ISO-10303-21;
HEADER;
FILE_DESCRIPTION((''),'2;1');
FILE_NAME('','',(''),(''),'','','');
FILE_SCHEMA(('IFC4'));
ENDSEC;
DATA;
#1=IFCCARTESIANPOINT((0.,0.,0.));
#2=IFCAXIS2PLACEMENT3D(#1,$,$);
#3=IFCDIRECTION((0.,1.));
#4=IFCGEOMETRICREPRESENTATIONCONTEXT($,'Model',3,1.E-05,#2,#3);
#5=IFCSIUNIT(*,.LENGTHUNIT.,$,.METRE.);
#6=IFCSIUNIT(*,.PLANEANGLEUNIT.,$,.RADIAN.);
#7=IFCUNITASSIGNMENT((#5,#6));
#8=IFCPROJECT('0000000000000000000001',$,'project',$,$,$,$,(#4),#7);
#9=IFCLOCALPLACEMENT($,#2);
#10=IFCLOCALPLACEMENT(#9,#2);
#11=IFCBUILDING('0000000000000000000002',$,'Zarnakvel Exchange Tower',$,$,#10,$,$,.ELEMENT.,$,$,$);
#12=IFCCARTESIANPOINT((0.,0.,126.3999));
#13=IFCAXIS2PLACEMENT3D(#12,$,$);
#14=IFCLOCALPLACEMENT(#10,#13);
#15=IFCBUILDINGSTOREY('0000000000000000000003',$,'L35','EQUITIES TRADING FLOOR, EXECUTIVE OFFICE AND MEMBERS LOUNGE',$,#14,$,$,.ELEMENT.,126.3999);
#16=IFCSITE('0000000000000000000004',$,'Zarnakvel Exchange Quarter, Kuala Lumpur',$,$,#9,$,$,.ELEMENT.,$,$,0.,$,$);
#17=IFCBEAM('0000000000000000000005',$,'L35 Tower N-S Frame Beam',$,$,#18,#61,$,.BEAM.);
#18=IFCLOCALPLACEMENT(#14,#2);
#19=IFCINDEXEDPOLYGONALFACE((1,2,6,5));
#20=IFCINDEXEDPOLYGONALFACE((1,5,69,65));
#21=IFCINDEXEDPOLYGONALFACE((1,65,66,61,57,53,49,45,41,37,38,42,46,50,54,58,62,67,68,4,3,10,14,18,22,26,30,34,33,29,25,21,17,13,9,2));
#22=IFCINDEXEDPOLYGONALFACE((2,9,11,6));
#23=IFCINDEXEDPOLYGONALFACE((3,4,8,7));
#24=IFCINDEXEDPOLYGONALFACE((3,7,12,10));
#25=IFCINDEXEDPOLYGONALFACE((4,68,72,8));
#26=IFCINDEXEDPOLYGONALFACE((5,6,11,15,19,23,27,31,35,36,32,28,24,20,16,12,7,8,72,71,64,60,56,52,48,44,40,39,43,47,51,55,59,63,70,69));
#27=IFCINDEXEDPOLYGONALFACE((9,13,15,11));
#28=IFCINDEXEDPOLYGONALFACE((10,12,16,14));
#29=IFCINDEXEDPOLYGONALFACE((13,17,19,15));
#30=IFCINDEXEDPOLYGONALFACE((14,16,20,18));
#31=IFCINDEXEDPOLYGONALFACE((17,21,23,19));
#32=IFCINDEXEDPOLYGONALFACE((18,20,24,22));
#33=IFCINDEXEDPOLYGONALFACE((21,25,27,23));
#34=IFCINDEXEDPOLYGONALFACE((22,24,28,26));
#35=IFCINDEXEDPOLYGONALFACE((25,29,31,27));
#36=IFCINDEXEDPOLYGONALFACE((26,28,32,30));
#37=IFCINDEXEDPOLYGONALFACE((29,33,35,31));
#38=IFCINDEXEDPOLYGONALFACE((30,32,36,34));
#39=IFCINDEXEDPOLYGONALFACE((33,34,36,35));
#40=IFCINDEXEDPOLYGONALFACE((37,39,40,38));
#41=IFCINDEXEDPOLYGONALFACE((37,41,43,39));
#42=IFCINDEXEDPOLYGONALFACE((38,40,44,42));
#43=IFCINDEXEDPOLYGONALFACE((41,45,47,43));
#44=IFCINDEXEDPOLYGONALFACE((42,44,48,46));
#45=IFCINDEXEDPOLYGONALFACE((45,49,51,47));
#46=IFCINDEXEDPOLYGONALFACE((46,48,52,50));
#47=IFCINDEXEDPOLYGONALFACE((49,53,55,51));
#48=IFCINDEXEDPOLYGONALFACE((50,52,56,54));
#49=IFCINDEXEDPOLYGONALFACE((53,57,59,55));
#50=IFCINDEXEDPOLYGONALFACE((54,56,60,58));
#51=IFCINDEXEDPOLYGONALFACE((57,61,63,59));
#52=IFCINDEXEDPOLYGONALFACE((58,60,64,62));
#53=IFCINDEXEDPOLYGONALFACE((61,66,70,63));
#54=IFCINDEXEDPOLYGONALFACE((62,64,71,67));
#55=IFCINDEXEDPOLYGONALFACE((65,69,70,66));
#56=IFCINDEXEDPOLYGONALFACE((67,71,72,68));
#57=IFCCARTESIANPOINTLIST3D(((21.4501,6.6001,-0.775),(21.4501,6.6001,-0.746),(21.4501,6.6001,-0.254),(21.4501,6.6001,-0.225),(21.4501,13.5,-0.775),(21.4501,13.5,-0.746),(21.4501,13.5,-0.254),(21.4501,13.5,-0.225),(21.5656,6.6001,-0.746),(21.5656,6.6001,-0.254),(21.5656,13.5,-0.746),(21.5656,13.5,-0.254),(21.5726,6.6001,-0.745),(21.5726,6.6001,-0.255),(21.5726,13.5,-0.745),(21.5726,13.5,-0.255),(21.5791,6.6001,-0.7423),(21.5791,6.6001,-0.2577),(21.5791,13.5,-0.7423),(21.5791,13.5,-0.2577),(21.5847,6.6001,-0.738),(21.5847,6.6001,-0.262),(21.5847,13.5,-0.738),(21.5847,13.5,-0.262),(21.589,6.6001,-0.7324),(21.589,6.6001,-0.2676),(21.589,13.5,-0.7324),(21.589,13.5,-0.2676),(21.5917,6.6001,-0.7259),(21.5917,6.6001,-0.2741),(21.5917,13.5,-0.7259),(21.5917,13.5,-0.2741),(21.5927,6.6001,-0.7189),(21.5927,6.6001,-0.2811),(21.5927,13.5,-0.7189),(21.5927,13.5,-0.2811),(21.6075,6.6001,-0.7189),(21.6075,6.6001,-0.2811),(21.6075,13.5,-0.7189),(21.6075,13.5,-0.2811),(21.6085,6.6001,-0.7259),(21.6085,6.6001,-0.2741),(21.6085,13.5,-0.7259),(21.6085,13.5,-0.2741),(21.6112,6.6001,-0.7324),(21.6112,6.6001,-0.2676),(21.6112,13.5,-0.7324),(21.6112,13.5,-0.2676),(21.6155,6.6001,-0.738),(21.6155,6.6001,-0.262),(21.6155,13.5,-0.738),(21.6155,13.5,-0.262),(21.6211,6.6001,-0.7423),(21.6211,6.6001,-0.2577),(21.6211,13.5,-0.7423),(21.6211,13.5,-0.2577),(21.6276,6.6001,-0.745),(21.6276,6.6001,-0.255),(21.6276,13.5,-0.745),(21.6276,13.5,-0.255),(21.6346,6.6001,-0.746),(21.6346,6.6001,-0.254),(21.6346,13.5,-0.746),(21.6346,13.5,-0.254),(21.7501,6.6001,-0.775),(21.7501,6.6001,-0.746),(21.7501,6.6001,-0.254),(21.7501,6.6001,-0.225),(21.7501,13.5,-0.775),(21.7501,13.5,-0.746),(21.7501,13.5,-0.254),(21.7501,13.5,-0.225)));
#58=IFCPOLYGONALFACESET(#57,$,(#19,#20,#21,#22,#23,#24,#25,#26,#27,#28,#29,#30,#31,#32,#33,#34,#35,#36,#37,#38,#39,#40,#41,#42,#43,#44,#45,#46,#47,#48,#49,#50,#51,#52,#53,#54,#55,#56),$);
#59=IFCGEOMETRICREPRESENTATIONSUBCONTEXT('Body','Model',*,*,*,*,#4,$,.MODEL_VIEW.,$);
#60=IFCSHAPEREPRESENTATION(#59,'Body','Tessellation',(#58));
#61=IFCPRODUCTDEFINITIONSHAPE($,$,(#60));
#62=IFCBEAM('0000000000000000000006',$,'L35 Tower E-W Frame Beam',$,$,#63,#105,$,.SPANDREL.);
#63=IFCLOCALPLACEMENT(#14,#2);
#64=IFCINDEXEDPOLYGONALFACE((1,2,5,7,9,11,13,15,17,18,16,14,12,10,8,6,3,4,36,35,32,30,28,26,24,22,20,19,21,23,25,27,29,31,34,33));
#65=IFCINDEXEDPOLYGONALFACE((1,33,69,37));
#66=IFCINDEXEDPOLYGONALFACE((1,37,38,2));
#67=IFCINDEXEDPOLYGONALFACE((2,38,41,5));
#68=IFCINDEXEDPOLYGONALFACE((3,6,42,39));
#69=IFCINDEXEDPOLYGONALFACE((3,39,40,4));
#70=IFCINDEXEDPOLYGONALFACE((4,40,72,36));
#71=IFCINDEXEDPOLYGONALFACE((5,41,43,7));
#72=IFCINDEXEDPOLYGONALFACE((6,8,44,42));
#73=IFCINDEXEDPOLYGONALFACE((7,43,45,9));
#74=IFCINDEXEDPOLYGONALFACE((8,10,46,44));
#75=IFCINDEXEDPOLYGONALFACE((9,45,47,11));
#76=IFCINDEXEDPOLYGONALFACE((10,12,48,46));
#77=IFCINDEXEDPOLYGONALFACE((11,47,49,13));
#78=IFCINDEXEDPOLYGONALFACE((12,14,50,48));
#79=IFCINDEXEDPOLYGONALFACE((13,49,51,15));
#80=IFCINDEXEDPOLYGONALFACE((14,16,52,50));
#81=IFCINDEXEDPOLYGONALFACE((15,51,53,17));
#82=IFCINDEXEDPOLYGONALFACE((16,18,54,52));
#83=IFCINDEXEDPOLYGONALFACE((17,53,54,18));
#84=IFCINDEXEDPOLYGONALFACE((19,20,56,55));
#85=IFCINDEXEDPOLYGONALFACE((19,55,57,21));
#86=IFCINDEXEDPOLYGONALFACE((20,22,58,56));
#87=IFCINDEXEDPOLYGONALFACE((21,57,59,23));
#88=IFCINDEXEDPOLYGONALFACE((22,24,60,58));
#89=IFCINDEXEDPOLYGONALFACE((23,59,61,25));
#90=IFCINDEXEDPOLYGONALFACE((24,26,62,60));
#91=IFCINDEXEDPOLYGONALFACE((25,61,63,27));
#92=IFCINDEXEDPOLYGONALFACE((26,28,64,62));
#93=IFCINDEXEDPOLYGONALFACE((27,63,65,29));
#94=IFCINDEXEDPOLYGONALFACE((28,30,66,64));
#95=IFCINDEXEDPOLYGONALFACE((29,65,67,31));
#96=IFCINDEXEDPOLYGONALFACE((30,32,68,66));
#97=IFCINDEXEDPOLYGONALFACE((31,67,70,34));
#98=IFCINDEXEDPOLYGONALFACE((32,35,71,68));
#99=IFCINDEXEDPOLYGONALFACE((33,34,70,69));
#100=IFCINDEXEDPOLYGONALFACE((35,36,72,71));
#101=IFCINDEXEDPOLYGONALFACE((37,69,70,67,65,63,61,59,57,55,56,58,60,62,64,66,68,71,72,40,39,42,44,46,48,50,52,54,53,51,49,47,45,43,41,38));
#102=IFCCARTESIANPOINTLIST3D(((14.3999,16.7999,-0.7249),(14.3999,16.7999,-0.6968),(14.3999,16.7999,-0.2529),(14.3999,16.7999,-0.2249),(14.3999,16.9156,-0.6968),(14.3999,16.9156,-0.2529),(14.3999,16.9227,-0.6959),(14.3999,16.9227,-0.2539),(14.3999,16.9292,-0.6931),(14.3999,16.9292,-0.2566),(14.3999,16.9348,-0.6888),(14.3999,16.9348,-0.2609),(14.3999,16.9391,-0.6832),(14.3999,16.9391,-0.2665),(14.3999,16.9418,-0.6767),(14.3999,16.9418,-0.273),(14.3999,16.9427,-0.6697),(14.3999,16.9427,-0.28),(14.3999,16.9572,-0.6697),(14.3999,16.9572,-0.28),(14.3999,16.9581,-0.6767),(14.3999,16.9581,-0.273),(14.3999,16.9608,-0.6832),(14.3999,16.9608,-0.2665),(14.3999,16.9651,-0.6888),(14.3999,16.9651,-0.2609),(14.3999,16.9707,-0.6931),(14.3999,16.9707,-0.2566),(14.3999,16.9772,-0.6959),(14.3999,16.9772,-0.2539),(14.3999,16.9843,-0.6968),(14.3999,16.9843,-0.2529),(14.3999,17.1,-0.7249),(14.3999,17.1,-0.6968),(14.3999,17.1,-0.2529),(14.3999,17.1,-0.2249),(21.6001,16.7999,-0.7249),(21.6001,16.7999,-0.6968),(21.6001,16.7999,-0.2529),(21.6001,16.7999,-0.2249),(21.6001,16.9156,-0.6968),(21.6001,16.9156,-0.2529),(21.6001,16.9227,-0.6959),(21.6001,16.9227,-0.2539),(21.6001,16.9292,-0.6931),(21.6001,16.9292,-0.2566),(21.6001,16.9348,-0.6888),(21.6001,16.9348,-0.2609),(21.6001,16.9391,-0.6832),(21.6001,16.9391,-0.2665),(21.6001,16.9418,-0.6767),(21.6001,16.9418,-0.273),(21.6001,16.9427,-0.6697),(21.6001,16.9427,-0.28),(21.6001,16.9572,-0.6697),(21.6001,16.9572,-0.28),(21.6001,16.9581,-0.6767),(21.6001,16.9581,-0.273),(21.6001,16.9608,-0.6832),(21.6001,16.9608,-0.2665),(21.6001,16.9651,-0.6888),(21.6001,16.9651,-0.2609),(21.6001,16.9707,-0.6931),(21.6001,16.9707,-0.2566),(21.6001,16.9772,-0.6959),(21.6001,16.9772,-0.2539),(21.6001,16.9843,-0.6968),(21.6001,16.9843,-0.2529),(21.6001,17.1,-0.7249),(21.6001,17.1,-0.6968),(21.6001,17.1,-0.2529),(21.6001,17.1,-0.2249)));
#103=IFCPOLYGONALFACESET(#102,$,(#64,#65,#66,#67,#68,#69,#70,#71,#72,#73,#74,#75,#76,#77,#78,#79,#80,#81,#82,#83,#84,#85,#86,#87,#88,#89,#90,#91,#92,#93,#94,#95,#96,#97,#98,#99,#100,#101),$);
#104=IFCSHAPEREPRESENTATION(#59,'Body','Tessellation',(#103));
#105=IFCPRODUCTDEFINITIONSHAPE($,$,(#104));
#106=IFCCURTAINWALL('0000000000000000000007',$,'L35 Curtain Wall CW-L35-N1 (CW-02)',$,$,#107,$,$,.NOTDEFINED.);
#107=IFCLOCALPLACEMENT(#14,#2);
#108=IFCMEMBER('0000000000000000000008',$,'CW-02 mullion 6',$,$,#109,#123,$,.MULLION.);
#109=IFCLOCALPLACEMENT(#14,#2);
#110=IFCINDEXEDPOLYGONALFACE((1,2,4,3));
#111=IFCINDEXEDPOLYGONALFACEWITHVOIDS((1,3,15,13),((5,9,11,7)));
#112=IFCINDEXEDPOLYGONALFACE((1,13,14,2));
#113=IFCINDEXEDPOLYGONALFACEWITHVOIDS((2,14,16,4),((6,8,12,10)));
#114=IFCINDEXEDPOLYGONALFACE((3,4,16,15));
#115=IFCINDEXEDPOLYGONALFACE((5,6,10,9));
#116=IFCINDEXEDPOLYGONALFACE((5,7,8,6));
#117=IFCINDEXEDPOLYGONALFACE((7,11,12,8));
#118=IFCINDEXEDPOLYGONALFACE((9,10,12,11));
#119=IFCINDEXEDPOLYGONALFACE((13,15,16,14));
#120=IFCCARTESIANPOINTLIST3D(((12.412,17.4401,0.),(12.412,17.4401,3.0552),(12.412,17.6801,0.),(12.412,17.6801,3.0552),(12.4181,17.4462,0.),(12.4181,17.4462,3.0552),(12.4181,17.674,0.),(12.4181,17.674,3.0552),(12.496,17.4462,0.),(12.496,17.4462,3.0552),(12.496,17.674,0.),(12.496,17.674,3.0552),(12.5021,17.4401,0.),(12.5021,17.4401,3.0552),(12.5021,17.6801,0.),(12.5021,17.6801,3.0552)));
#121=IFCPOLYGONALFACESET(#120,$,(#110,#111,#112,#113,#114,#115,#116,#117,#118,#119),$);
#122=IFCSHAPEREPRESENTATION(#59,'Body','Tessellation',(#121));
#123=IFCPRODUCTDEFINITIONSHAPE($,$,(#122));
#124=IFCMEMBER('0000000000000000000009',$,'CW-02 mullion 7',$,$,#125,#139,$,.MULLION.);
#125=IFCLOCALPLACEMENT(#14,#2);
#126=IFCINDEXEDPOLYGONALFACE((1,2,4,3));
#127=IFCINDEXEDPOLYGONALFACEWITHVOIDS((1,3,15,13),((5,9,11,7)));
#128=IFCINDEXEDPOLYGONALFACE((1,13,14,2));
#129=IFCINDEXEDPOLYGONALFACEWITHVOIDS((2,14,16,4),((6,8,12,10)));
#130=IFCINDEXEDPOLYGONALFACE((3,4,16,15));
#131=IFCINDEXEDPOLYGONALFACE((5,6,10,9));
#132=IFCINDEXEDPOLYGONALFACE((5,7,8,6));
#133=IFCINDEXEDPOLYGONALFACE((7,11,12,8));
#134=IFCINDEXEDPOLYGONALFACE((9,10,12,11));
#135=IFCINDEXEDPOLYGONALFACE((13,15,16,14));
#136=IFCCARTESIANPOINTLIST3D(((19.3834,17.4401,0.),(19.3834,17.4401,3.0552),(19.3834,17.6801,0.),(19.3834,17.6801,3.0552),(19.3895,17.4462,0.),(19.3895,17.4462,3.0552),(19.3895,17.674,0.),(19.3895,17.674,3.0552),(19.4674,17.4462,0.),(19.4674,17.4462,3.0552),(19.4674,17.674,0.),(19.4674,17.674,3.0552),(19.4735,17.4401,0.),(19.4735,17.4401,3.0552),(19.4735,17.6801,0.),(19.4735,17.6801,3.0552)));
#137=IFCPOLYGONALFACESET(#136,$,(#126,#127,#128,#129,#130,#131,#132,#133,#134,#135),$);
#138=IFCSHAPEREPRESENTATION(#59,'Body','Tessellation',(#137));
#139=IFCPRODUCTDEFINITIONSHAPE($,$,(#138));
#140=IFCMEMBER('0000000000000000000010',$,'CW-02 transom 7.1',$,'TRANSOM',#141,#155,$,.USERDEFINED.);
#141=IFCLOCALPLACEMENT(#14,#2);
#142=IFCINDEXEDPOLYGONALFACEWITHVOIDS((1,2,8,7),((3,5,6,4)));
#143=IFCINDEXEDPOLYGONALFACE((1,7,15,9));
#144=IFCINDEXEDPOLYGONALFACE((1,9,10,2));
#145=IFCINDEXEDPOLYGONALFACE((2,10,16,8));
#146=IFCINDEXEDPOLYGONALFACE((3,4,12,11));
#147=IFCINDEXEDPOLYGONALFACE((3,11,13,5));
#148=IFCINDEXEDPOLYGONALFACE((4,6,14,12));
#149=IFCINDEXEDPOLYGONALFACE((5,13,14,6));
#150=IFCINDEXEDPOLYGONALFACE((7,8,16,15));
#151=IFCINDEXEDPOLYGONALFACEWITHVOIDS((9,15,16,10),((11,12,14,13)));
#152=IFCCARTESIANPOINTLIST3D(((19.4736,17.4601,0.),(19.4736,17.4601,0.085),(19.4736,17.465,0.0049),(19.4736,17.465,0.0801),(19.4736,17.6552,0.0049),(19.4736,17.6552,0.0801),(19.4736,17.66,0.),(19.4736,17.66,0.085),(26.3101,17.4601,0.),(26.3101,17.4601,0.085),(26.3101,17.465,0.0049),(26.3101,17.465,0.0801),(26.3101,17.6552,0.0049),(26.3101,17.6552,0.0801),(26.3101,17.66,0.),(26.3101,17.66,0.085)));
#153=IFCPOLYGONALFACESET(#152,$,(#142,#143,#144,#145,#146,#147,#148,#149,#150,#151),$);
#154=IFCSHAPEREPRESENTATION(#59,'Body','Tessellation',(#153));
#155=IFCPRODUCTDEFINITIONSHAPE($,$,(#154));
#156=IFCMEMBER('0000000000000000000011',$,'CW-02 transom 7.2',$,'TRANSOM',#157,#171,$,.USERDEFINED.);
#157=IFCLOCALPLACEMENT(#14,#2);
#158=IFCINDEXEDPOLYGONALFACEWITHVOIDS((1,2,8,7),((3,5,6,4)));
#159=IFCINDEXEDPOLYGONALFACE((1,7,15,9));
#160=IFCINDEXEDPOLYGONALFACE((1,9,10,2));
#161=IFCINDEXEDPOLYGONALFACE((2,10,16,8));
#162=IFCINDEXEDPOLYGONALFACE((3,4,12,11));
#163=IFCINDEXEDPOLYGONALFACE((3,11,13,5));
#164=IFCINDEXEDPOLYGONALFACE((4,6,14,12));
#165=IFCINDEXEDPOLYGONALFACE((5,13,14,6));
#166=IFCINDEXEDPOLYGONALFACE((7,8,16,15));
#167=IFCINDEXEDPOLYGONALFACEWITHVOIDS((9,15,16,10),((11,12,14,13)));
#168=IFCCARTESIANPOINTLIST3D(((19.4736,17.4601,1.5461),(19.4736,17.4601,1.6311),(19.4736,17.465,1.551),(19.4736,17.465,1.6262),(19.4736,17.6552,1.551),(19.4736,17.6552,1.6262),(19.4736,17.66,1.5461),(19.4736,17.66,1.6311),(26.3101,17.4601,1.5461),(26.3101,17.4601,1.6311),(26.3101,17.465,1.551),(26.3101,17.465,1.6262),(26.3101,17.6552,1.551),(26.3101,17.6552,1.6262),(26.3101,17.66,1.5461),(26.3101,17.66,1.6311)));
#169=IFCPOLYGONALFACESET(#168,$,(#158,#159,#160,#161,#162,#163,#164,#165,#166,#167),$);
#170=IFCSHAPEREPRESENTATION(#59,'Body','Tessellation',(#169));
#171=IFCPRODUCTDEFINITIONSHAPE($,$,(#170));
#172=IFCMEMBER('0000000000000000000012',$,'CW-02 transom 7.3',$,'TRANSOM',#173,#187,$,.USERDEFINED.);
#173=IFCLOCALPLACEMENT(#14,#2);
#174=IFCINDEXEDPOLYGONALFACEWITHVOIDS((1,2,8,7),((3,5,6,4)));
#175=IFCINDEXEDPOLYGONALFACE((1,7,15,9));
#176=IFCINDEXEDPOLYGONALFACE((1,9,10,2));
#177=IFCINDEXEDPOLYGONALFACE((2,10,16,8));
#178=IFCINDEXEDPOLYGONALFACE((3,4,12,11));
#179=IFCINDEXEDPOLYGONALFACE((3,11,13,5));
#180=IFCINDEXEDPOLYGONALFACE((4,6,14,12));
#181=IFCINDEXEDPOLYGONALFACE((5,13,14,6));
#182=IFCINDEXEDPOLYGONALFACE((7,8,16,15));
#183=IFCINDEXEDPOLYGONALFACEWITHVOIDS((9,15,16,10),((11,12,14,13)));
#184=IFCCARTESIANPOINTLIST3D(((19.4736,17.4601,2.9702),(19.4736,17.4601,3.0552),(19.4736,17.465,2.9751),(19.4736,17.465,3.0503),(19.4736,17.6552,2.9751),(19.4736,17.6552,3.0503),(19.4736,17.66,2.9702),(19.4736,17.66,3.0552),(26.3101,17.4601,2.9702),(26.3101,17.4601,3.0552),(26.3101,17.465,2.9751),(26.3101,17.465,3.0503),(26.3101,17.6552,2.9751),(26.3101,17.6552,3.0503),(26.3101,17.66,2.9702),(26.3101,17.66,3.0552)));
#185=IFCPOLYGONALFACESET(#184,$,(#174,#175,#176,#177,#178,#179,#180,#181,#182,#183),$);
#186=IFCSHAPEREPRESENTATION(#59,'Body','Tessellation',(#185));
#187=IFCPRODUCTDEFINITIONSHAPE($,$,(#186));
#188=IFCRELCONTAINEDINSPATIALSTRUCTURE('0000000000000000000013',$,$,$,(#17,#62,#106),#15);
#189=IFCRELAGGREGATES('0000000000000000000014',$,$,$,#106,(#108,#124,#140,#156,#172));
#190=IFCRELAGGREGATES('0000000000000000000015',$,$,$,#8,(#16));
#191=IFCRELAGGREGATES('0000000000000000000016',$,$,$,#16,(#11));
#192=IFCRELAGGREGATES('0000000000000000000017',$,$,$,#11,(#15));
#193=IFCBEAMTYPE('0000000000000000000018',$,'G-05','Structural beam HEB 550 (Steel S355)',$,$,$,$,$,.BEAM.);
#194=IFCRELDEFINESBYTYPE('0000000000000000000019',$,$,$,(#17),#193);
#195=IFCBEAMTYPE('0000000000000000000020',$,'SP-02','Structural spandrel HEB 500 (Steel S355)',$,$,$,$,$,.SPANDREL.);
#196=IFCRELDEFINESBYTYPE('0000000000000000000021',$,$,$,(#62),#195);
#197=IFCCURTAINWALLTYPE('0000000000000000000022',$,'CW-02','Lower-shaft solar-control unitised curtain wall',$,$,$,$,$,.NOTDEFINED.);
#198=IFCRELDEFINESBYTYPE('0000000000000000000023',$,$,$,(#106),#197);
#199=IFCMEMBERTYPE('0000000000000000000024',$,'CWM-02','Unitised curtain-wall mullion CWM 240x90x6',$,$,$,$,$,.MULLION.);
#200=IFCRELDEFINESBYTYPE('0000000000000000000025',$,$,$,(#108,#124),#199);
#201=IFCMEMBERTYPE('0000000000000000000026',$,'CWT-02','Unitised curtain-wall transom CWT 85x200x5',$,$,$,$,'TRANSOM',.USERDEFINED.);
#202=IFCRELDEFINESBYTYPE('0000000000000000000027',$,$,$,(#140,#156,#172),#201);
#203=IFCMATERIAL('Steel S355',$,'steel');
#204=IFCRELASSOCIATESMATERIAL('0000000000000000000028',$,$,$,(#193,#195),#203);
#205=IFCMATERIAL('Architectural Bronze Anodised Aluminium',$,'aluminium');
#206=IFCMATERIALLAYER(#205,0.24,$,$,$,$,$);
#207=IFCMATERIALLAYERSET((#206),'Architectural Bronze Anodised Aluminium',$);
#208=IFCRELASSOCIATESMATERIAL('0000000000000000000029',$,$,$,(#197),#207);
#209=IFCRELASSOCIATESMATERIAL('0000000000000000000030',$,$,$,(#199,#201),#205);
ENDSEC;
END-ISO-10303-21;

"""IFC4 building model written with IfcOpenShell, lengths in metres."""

from ifc_helpers import new_model, si_unit, direction, frame, origin, origin_2d, place, context, subcontext, project, spatial, hollow_rectangle, i_section, extrude, source, transform, mapped, material, layer, layer_set, material_profile, profile_set, type_object, element, aggregate, save


model = new_model("IFC4")

# Units and contexts
model_context = context("Model", 3, precision=1e-05, world=origin(), true_north=direction((0.0, 1.0)))
body_context = subcontext(model_context, "Body", "Model", "MODEL_VIEW")
ifc_project = project(units=[si_unit("LENGTHUNIT", "METRE"), si_unit("PLANEANGLEUNIT", "RADIAN")], contexts=[model_context])

# Site, building, storey
site_placement = place(None, origin())
site = spatial("IfcSite", under=ifc_project, at=site_placement, Name="Zarnakvel Exchange Quarter, Kuala Lumpur", CompositionType="ELEMENT", RefElevation=0.0)
building_placement = place(site_placement, origin())
building = spatial("IfcBuilding", under=site, at=building_placement, Name="Zarnakvel Exchange Tower", CompositionType="ELEMENT")
storey_placement = place(building_placement, frame((0.0, 0.0, 126.3999)))
storey = spatial("IfcBuildingStorey", under=building, at=storey_placement, Name="L35", Description="EQUITIES TRADING FLOOR, EXECUTIVE OFFICE AND MEMBERS LOUNGE", CompositionType="ELEMENT", Elevation=126.3999)

# Beams
ifc_material_1 = material(Name="Steel S355", Category="steel")
ifc_material_profile_1 = material_profile(ifc_material_1, i_section(OverallWidth=0.3, OverallDepth=0.55, WebThickness=0.0149, FlangeThickness=0.0291, FilletRadius=0.0271, at=origin_2d()))
ifc_profile_set_1 = profile_set([ifc_material_profile_1], Name="Steel S355")
beam_type_1 = type_object("IfcBeamType", Name="G-05", Description="Structural beam HEB 550 (Steel S355)", PredefinedType="BEAM", material=ifc_profile_set_1)
beam_1_placement = place(storey_placement, frame((21.6001, 6.6001, -0.5), z_axis=(0.0, 1.0, 0.0), x_axis=(-1.0, 0.0, 0.0)))
element("IfcBeam", 1, at=beam_1_placement, inside=storey, type_object=beam_type_1, Name="L35 Tower N-S Frame Beam", PredefinedType="BEAM", context=body_context, shape_type="SweptSolid", body=[
    extrude(i_section(OverallWidth=0.3, OverallDepth=0.55, WebThickness=0.0149, FlangeThickness=0.0291, FilletRadius=0.0271, at=origin_2d()), origin(), (0.0, 0.0, 1.0), 6.8999),
])
ifc_material_profile_2 = material_profile(ifc_material_1, i_section(OverallWidth=0.3, OverallDepth=0.5, WebThickness=0.0144, FlangeThickness=0.0281, FilletRadius=0.0271, at=origin_2d()))
ifc_profile_set_2 = profile_set([ifc_material_profile_2], Name="Steel S355")
beam_type_2 = type_object("IfcBeamType", Name="SP-02", Description="Structural spandrel HEB 500 (Steel S355)", PredefinedType="SPANDREL", material=ifc_profile_set_2)
beam_2_placement = place(storey_placement, frame((14.3999, 16.95, -0.4749), z_axis=(1.0, 0.0, 0.0), x_axis=(0.0, 1.0, 0.0)))
element("IfcBeam", 2, at=beam_2_placement, inside=storey, type_object=beam_type_2, Name="L35 Tower E-W Frame Beam", PredefinedType="SPANDREL", context=body_context, shape_type="SweptSolid", body=[
    extrude(i_section(OverallWidth=0.3, OverallDepth=0.5, WebThickness=0.0144, FlangeThickness=0.0281, FilletRadius=0.0271, at=origin_2d()), origin(), (0.0, 0.0, 1.0), 7.2002),
])

# Curtain wall, members
ifc_material_2 = material(Name="Architectural Bronze Anodised Aluminium", Category="aluminium")
ifc_layer_1 = layer(ifc_material_2, 0.24)
ifc_layer_set_1 = layer_set([ifc_layer_1], Name="Architectural Bronze Anodised Aluminium")
curtain_wall_type = type_object("IfcCurtainWallType", Name="CW-02", Description="Lower-shaft solar-control unitised curtain wall", PredefinedType="NOTDEFINED", material=ifc_layer_set_1)
curtain_wall_placement = place(storey_placement, origin())
curtain_wall = element("IfcCurtainWall", 3, at=curtain_wall_placement, inside=storey, type_object=curtain_wall_type, Name="L35 Curtain Wall CW-L35-N1 (CW-02)", PredefinedType="NOTDEFINED")
ifc_material_profile_3 = material_profile(ifc_material_2, hollow_rectangle(XDim=0.24, YDim=0.0901, WallThickness=0.0061, at=origin_2d()))
ifc_profile_set_3 = profile_set([ifc_material_profile_3], Name="Architectural Bronze Anodised Aluminium")
member_type_1 = type_object("IfcMemberType", Name="CWM-02", Description="Unitised curtain-wall mullion CWM 240x90x6", PredefinedType="MULLION", material=ifc_profile_set_3)
shared_shape_1 = source(origin(), body_context, "Body", "SweptSolid", [
    extrude(hollow_rectangle(XDim=0.24, YDim=0.0901, WallThickness=0.0061, at=origin_2d()), origin(), (0.0, 0.0, 1.0), 3.0552),
])
member_1_placement = place(storey_placement, frame((12.457, 17.5601, 0.0), z_axis=(0.0, 0.0, 1.0), x_axis=(0.0, 1.0, 0.0)))
member_1 = element("IfcMember", 4, at=member_1_placement, type_object=member_type_1, Name="CW-02 mullion 6", PredefinedType="MULLION", context=body_context, shape_type="MappedRepresentation", body=[
    mapped(shared_shape_1, transform((0.0, 0.0, 0.0), x_axis=(1.0, 0.0, 0.0), y_axis=(0.0, 1.0, 0.0), z_axis=(0.0, 0.0, 1.0), scale=1.0)),
])
member_2_placement = place(storey_placement, frame((19.4285, 17.5601, 0.0), z_axis=(0.0, 0.0, 1.0), x_axis=(0.0, 1.0, 0.0)))
member_2 = element("IfcMember", 5, at=member_2_placement, type_object=member_type_1, Name="CW-02 mullion 7", PredefinedType="MULLION", context=body_context, shape_type="MappedRepresentation", body=[
    mapped(shared_shape_1, transform((0.0, 0.0, 0.0), x_axis=(1.0, 0.0, 0.0), y_axis=(0.0, 1.0, 0.0), z_axis=(0.0, 0.0, 1.0), scale=1.0)),
])
ifc_material_profile_4 = material_profile(ifc_material_2, hollow_rectangle(XDim=0.2, YDim=0.085, WallThickness=0.0049, at=origin_2d()))
ifc_profile_set_4 = profile_set([ifc_material_profile_4], Name="Architectural Bronze Anodised Aluminium")
member_type_2 = type_object("IfcMemberType", Name="CWT-02", Description="Unitised curtain-wall transom CWT 85x200x5", ElementType="TRANSOM", PredefinedType="USERDEFINED", material=ifc_profile_set_4)
shared_shape_2 = source(origin(), body_context, "Body", "SweptSolid", [
    extrude(hollow_rectangle(XDim=0.2, YDim=0.085, WallThickness=0.0049, at=origin_2d()), origin(), (0.0, 0.0, 1.0), 6.8364),
])
member_3_placement = place(storey_placement, frame((19.4736, 17.5601, 0.0425), z_axis=(1.0, 0.0, 0.0), x_axis=(0.0, 1.0, 0.0)))
member_3 = element("IfcMember", 6, at=member_3_placement, type_object=member_type_2, Name="CW-02 transom 7.1", ObjectType="TRANSOM", PredefinedType="USERDEFINED", context=body_context, shape_type="MappedRepresentation", body=[
    mapped(shared_shape_2, transform((0.0, 0.0, 0.0), x_axis=(1.0, 0.0, 0.0), y_axis=(0.0, 1.0, 0.0), z_axis=(0.0, 0.0, 1.0), scale=1.0)),
])
member_4_placement = place(storey_placement, frame((19.4736, 17.5601, 1.5886), z_axis=(1.0, 0.0, 0.0), x_axis=(0.0, 1.0, 0.0)))
member_4 = element("IfcMember", 7, at=member_4_placement, type_object=member_type_2, Name="CW-02 transom 7.2", ObjectType="TRANSOM", PredefinedType="USERDEFINED", context=body_context, shape_type="MappedRepresentation", body=[
    mapped(shared_shape_2, transform((0.0, 0.0, 0.0), x_axis=(1.0, 0.0, 0.0), y_axis=(0.0, 1.0, 0.0), z_axis=(0.0, 0.0, 1.0), scale=1.0)),
])
member_5_placement = place(storey_placement, frame((19.4736, 17.5601, 3.0127), z_axis=(1.0, 0.0, 0.0), x_axis=(0.0, 1.0, 0.0)))
member_5 = element("IfcMember", 8, at=member_5_placement, type_object=member_type_2, Name="CW-02 transom 7.3", ObjectType="TRANSOM", PredefinedType="USERDEFINED", context=body_context, shape_type="MappedRepresentation", body=[
    mapped(shared_shape_2, transform((0.0, 0.0, 0.0), x_axis=(1.0, 0.0, 0.0), y_axis=(0.0, 1.0, 0.0), z_axis=(0.0, 0.0, 1.0), scale=1.0)),
])
aggregate(curtain_wall, [member_1, member_2, member_3, member_4, member_5])

save(model, "model.ifc")
